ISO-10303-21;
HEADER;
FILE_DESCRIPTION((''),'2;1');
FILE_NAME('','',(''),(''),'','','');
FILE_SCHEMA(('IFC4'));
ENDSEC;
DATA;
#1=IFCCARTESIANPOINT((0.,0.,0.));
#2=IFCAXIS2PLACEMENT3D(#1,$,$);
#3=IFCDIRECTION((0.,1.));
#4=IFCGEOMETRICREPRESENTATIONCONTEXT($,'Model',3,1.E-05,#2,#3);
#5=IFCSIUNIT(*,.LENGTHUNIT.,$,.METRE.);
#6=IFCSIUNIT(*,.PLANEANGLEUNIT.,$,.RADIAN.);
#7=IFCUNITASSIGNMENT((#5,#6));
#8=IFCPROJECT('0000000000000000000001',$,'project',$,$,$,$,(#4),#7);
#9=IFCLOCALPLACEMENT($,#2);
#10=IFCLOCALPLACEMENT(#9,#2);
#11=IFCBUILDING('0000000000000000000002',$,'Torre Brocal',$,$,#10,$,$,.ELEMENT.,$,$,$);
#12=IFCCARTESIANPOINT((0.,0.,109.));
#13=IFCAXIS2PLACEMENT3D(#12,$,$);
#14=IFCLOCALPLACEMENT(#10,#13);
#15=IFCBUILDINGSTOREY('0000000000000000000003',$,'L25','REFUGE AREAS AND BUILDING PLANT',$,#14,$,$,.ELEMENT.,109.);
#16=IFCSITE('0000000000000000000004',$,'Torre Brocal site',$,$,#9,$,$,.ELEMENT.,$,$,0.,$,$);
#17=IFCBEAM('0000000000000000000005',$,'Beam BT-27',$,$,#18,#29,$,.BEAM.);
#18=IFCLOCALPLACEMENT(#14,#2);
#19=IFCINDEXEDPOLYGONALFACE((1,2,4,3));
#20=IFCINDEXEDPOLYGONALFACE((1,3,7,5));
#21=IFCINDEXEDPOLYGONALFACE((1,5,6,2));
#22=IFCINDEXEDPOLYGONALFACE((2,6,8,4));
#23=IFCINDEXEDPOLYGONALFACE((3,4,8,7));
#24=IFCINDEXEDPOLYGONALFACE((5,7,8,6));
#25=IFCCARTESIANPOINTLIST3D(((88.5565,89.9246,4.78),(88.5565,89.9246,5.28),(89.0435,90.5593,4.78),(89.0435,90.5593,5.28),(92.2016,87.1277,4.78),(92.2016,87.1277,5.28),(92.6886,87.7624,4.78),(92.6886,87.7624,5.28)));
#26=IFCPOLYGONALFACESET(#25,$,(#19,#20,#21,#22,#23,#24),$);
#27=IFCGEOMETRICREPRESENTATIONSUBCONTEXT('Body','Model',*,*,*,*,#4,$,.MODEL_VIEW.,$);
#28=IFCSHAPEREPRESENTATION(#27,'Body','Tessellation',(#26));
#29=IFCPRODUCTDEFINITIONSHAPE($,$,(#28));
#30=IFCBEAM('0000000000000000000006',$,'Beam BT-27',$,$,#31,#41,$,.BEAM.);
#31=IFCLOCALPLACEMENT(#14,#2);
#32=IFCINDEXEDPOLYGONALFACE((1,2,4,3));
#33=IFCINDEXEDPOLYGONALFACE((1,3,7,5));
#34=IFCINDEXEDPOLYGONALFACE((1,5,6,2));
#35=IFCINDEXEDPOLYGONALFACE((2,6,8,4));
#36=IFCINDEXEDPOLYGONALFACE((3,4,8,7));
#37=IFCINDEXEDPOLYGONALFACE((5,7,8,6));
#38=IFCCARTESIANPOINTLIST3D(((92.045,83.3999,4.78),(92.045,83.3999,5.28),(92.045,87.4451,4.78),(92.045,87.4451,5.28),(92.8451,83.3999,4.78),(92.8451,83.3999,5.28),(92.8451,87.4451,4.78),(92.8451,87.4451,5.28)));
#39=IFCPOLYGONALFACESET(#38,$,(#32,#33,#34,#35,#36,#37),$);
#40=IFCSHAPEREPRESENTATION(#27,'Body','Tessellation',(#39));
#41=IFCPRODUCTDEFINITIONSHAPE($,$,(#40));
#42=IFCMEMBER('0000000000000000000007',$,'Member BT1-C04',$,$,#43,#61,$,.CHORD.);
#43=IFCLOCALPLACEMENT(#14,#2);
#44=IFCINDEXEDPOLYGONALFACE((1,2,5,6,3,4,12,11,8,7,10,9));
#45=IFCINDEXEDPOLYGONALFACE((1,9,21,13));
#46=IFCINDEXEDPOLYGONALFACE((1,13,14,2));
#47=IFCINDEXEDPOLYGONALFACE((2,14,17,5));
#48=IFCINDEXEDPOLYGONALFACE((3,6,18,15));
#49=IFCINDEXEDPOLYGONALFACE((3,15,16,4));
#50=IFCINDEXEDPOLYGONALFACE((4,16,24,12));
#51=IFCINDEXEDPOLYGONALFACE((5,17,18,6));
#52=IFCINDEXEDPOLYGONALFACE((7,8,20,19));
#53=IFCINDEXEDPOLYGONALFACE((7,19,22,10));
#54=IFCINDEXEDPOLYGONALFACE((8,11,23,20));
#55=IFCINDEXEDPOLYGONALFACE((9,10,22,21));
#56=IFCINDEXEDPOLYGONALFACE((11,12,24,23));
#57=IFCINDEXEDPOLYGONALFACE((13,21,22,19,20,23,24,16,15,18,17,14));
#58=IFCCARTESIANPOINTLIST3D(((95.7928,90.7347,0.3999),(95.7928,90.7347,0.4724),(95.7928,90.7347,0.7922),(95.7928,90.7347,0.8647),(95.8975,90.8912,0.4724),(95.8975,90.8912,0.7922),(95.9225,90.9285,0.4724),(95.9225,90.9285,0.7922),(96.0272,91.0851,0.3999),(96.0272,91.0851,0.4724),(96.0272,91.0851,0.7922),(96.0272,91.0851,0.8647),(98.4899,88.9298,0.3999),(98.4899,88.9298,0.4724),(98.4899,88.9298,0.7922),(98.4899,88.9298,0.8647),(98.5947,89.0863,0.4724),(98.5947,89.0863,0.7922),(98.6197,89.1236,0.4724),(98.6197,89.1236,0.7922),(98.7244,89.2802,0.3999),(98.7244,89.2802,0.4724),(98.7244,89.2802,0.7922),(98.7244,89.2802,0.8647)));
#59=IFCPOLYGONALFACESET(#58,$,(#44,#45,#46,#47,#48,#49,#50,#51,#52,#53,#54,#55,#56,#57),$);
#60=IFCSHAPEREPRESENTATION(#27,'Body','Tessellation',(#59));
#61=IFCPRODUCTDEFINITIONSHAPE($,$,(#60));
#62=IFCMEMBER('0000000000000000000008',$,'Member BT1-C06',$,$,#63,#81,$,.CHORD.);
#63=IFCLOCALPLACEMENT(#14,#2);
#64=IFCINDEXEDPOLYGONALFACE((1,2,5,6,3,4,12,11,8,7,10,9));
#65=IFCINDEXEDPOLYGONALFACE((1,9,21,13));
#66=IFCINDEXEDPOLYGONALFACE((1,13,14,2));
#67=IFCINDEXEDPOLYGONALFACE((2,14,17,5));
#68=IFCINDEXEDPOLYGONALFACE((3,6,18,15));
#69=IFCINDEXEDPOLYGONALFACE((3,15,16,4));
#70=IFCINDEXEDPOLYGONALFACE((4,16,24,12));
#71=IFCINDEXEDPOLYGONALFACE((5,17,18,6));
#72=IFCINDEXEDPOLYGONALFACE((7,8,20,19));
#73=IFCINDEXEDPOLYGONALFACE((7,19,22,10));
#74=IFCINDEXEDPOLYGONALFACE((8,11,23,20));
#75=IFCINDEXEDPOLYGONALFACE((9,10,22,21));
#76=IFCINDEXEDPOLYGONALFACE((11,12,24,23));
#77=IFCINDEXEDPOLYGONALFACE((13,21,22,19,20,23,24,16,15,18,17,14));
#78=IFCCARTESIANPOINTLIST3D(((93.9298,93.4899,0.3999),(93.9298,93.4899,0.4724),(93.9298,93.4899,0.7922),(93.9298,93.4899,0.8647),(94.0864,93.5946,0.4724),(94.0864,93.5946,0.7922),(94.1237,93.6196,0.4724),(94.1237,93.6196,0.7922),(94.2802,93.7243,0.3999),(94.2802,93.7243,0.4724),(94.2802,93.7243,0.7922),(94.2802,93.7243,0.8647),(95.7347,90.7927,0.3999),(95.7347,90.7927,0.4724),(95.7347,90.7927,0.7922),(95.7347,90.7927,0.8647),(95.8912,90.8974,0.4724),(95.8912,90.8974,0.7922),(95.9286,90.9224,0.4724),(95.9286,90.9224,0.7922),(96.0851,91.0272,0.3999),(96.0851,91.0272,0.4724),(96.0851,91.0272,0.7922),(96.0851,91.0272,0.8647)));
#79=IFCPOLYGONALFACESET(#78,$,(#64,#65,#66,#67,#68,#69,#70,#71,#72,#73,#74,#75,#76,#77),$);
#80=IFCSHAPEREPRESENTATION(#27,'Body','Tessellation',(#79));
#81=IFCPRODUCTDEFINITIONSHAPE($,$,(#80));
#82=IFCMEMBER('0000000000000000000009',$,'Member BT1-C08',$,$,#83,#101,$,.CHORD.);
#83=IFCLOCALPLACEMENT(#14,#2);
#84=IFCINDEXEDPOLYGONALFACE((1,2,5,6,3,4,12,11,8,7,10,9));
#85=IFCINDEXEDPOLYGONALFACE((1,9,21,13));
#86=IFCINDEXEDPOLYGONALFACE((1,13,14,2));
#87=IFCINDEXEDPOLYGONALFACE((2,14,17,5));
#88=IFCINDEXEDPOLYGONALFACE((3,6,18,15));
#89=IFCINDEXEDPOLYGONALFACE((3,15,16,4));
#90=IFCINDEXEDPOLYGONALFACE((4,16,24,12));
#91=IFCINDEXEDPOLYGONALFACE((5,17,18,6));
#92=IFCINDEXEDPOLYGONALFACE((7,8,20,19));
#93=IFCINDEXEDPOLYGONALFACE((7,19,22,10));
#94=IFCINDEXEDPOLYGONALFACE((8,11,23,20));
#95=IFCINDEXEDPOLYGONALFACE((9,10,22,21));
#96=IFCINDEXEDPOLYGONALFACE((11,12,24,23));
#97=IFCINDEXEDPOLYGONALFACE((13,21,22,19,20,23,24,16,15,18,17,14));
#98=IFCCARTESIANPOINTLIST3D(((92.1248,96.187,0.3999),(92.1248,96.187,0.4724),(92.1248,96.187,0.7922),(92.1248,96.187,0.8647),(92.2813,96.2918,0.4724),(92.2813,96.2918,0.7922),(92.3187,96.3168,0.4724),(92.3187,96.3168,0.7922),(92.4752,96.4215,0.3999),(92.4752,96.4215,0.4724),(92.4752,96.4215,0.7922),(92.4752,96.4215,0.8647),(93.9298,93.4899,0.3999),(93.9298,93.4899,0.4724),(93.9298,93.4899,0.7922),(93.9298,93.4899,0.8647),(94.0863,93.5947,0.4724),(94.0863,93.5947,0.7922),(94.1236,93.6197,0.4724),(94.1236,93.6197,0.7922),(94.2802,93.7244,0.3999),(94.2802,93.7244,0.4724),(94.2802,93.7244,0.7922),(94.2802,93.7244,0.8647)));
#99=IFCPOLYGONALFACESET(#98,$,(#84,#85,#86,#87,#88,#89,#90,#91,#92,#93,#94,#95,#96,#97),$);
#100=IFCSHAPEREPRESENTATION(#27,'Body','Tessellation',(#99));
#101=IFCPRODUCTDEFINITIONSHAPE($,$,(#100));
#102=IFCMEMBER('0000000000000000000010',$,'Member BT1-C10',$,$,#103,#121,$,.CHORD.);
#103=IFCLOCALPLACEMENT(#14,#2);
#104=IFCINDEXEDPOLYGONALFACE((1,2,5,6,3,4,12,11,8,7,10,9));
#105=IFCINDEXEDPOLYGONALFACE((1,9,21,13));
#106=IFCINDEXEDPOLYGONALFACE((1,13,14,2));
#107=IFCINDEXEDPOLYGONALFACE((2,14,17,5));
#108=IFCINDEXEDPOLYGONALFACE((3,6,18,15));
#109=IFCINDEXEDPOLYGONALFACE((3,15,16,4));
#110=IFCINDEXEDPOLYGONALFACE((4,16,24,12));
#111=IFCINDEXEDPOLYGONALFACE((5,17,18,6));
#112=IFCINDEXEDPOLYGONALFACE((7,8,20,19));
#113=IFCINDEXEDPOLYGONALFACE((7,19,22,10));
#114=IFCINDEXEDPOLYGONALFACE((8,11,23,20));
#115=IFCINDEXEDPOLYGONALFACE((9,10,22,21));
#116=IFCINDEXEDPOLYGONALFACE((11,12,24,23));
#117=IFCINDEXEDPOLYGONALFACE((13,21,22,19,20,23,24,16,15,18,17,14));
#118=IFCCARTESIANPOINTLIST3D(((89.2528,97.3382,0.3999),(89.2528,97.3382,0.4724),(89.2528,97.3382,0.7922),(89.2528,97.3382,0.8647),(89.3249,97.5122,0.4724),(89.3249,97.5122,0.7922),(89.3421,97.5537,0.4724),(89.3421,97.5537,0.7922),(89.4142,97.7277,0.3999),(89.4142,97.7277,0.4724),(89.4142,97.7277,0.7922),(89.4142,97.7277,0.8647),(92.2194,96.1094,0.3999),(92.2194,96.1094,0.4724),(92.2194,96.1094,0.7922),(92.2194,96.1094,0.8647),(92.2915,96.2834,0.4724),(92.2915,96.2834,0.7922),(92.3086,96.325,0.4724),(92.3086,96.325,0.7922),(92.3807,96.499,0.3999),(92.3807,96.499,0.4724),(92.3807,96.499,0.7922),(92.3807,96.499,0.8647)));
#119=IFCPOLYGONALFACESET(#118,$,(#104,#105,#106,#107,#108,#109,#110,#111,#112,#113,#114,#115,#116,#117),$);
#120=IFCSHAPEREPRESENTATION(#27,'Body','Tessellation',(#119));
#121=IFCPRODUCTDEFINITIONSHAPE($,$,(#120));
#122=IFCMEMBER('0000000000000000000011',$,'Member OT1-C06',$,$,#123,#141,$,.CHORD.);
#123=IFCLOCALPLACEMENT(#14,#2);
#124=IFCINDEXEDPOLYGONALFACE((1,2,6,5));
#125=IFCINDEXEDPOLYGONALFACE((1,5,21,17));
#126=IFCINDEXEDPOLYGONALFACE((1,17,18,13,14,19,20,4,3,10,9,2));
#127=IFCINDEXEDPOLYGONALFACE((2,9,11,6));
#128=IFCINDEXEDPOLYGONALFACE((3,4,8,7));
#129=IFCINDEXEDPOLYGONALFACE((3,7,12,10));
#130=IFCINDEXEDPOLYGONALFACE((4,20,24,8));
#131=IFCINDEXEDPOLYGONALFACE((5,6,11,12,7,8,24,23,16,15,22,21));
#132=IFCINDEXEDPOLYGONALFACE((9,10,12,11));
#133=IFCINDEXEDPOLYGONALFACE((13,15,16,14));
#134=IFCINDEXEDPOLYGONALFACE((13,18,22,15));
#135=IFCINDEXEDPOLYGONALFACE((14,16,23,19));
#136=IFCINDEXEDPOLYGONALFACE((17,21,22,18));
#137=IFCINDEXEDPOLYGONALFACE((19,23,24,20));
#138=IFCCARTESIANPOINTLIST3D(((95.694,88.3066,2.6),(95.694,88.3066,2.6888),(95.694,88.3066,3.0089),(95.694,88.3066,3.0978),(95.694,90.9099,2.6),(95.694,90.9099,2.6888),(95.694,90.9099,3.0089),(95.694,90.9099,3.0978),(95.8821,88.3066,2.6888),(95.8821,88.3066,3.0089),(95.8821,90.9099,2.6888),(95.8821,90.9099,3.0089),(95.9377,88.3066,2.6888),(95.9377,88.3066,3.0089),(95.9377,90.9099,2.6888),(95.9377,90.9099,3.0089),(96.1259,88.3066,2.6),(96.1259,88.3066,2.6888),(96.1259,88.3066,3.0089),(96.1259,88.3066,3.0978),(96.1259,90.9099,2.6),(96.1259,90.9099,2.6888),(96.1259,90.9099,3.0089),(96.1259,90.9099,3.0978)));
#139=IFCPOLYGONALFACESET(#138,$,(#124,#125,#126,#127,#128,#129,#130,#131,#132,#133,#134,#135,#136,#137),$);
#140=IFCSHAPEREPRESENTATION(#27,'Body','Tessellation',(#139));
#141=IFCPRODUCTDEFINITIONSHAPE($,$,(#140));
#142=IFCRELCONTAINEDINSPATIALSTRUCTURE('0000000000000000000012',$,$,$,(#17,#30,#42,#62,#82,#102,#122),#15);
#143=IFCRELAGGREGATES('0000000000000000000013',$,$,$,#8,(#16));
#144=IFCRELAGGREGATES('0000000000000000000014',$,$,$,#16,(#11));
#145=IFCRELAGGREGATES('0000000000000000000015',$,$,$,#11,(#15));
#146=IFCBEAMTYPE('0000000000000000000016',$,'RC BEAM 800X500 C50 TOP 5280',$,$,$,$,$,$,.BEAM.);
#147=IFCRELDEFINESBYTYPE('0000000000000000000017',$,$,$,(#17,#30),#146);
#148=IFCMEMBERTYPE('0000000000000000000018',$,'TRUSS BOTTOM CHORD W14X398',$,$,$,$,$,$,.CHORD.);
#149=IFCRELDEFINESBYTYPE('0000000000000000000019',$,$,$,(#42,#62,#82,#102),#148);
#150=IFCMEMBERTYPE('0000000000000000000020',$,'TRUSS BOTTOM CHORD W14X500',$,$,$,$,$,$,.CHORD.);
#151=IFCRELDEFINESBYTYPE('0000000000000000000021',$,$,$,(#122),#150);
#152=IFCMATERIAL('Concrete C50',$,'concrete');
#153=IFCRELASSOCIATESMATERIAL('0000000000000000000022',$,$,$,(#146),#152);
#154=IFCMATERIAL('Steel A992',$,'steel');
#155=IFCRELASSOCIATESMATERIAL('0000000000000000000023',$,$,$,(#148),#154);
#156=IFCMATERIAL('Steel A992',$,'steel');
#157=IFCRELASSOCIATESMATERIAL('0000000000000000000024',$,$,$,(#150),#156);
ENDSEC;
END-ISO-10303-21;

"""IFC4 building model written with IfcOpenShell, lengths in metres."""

from ifc_helpers import new_model, si_unit, direction, frame, origin, origin_2d, place, context, subcontext, project, spatial, rectangle, i_section, extrude, material, material_profile, profile_set, type_object, element, save


model = new_model("IFC4")

# Units and contexts
model_context = context("Model", 3, precision=1e-05, world=origin(), true_north=direction((0.0, 1.0)))
body_context = subcontext(model_context, "Body", "Model", "MODEL_VIEW")
ifc_project = project(units=[si_unit("LENGTHUNIT", "METRE"), si_unit("PLANEANGLEUNIT", "RADIAN")], contexts=[model_context])

# Site, building, storey
site_placement = place(None, origin())
site = spatial("IfcSite", under=ifc_project, at=site_placement, Name="Torre Brocal site", CompositionType="ELEMENT", RefElevation=0.0)
building_placement = place(site_placement, origin())
building = spatial("IfcBuilding", under=site, at=building_placement, Name="Torre Brocal", CompositionType="ELEMENT")
storey_placement = place(building_placement, frame((0.0, 0.0, 109.0)))
storey = spatial("IfcBuildingStorey", under=building, at=storey_placement, Name="L25", Description="REFUGE AREAS AND BUILDING PLANT", CompositionType="ELEMENT", Elevation=109.0)

# Beams
ifc_material_1 = material(Name="Concrete C50", Category="concrete")
ifc_material_profile_1 = material_profile(ifc_material_1, rectangle(XDim=0.8, YDim=0.5, at=origin_2d()), Name="RC 800X500")
ifc_profile_set_1 = profile_set([ifc_material_profile_1], Name="Concrete C50")
beam_type = type_object("IfcBeamType", Name="RC BEAM 800X500 C50 TOP 5280", PredefinedType="BEAM", material=ifc_profile_set_1)
beam_1_placement = place(storey_placement, frame((92.4451, 87.4451, 5.03), z_axis=(-0.793358, 0.608755, 0.0), x_axis=(-0.608755, -0.793358, 0.0)))
element("IfcBeam", 1, at=beam_1_placement, inside=storey, type_object=beam_type, Name="Beam BT-27", PredefinedType="BEAM", context=body_context, shape_type="SweptSolid", body=[
    extrude(rectangle(XDim=0.8, YDim=0.5, at=origin_2d()), origin(), (0.0, 0.0, 1.0), 4.5945),
])
beam_2_placement = place(storey_placement, frame((92.4451, 87.4451, 5.03), z_axis=(0.0, -1.0, 0.0), x_axis=(1.0, 0.0, 0.0)))
element("IfcBeam", 2, at=beam_2_placement, inside=storey, type_object=beam_type, Name="Beam BT-27", PredefinedType="BEAM", context=body_context, shape_type="SweptSolid", body=[
    extrude(rectangle(XDim=0.8, YDim=0.5, at=origin_2d()), origin(), (0.0, 0.0, 1.0), 4.0452),
])

# Members
ifc_material_2 = material(Name="Steel A992", Category="steel")
ifc_material_profile_2 = material_profile(ifc_material_2, i_section(OverallWidth=0.4216, OverallDepth=0.4648, WebThickness=0.0449, FlangeThickness=0.0725, at=origin_2d()), Name="W14X398")
ifc_profile_set_2 = profile_set([ifc_material_profile_2], Name="Steel A992")
member_type_1 = type_object("IfcMemberType", Name="TRUSS BOTTOM CHORD W14X398", PredefinedType="CHORD", material=ifc_profile_set_2)
for number, where, z_axis, x_axis, name in (
    (3, (98.6072, 89.105, 0.6323), (-0.831088, 0.55614, 0.0), (-0.55614, -0.831088, 0.0), "Member BT1-C04"),
    (4, (95.9099, 90.9099, 0.6323), (-0.55614, 0.831088, 0.0), (-0.831088, -0.55614, 0.0), "Member BT1-C06"),
    (5, (94.105, 93.6072, 0.6323), (-0.556175, 0.831065, 0.0), (-0.831065, -0.556175, 0.0), "Member BT1-C08"),
):
    element("IfcMember", number, at=place(storey_placement, frame(where, z_axis=z_axis, x_axis=x_axis)), inside=storey, type_object=member_type_1, Name=name, PredefinedType="CHORD", context=body_context, shape_type="SweptSolid", body=[
        extrude(i_section(OverallWidth=0.4216, OverallDepth=0.4648, WebThickness=0.0449, FlangeThickness=0.0725, at=origin_2d()), origin(), (0.0, 0.0, 1.0), 3.2454),
    ])
member_1_placement = place(storey_placement, frame((92.3, 96.3042, 0.6323), z_axis=(-0.923882, 0.382676, 0.0), x_axis=(-0.382676, -0.923882, 0.0)))
element("IfcMember", 6, at=member_1_placement, inside=storey, type_object=member_type_1, Name="Member BT1-C10", PredefinedType="CHORD", context=body_context, shape_type="SweptSolid", body=[
    extrude(i_section(OverallWidth=0.4216, OverallDepth=0.4648, WebThickness=0.0449, FlangeThickness=0.0725, at=origin_2d()), origin(), (0.0, 0.0, 1.0), 3.2109),
])
ifc_material_3 = material(Name="Steel A992", Category="steel")
ifc_material_profile_3 = material_profile(ifc_material_3, i_section(OverallWidth=0.4319, OverallDepth=0.4978, WebThickness=0.0557, FlangeThickness=0.0889, at=origin_2d()), Name="W14X500")
ifc_profile_set_3 = profile_set([ifc_material_profile_3], Name="Steel A992")
member_type_2 = type_object("IfcMemberType", Name="TRUSS BOTTOM CHORD W14X500", PredefinedType="CHORD", material=ifc_profile_set_3)
member_2_placement = place(storey_placement, frame((95.9099, 88.3066, 2.8489), z_axis=(0.0, 1.0, 0.0), x_axis=(-1.0, 0.0, 0.0)))
element("IfcMember", 7, at=member_2_placement, inside=storey, type_object=member_type_2, Name="Member OT1-C06", PredefinedType="CHORD", context=body_context, shape_type="SweptSolid", body=[
    extrude(i_section(OverallWidth=0.4319, OverallDepth=0.4978, WebThickness=0.0557, FlangeThickness=0.0889, at=origin_2d()), origin(), (0.0, 0.0, 1.0), 2.6033),
])

save(model, "model.ifc")
